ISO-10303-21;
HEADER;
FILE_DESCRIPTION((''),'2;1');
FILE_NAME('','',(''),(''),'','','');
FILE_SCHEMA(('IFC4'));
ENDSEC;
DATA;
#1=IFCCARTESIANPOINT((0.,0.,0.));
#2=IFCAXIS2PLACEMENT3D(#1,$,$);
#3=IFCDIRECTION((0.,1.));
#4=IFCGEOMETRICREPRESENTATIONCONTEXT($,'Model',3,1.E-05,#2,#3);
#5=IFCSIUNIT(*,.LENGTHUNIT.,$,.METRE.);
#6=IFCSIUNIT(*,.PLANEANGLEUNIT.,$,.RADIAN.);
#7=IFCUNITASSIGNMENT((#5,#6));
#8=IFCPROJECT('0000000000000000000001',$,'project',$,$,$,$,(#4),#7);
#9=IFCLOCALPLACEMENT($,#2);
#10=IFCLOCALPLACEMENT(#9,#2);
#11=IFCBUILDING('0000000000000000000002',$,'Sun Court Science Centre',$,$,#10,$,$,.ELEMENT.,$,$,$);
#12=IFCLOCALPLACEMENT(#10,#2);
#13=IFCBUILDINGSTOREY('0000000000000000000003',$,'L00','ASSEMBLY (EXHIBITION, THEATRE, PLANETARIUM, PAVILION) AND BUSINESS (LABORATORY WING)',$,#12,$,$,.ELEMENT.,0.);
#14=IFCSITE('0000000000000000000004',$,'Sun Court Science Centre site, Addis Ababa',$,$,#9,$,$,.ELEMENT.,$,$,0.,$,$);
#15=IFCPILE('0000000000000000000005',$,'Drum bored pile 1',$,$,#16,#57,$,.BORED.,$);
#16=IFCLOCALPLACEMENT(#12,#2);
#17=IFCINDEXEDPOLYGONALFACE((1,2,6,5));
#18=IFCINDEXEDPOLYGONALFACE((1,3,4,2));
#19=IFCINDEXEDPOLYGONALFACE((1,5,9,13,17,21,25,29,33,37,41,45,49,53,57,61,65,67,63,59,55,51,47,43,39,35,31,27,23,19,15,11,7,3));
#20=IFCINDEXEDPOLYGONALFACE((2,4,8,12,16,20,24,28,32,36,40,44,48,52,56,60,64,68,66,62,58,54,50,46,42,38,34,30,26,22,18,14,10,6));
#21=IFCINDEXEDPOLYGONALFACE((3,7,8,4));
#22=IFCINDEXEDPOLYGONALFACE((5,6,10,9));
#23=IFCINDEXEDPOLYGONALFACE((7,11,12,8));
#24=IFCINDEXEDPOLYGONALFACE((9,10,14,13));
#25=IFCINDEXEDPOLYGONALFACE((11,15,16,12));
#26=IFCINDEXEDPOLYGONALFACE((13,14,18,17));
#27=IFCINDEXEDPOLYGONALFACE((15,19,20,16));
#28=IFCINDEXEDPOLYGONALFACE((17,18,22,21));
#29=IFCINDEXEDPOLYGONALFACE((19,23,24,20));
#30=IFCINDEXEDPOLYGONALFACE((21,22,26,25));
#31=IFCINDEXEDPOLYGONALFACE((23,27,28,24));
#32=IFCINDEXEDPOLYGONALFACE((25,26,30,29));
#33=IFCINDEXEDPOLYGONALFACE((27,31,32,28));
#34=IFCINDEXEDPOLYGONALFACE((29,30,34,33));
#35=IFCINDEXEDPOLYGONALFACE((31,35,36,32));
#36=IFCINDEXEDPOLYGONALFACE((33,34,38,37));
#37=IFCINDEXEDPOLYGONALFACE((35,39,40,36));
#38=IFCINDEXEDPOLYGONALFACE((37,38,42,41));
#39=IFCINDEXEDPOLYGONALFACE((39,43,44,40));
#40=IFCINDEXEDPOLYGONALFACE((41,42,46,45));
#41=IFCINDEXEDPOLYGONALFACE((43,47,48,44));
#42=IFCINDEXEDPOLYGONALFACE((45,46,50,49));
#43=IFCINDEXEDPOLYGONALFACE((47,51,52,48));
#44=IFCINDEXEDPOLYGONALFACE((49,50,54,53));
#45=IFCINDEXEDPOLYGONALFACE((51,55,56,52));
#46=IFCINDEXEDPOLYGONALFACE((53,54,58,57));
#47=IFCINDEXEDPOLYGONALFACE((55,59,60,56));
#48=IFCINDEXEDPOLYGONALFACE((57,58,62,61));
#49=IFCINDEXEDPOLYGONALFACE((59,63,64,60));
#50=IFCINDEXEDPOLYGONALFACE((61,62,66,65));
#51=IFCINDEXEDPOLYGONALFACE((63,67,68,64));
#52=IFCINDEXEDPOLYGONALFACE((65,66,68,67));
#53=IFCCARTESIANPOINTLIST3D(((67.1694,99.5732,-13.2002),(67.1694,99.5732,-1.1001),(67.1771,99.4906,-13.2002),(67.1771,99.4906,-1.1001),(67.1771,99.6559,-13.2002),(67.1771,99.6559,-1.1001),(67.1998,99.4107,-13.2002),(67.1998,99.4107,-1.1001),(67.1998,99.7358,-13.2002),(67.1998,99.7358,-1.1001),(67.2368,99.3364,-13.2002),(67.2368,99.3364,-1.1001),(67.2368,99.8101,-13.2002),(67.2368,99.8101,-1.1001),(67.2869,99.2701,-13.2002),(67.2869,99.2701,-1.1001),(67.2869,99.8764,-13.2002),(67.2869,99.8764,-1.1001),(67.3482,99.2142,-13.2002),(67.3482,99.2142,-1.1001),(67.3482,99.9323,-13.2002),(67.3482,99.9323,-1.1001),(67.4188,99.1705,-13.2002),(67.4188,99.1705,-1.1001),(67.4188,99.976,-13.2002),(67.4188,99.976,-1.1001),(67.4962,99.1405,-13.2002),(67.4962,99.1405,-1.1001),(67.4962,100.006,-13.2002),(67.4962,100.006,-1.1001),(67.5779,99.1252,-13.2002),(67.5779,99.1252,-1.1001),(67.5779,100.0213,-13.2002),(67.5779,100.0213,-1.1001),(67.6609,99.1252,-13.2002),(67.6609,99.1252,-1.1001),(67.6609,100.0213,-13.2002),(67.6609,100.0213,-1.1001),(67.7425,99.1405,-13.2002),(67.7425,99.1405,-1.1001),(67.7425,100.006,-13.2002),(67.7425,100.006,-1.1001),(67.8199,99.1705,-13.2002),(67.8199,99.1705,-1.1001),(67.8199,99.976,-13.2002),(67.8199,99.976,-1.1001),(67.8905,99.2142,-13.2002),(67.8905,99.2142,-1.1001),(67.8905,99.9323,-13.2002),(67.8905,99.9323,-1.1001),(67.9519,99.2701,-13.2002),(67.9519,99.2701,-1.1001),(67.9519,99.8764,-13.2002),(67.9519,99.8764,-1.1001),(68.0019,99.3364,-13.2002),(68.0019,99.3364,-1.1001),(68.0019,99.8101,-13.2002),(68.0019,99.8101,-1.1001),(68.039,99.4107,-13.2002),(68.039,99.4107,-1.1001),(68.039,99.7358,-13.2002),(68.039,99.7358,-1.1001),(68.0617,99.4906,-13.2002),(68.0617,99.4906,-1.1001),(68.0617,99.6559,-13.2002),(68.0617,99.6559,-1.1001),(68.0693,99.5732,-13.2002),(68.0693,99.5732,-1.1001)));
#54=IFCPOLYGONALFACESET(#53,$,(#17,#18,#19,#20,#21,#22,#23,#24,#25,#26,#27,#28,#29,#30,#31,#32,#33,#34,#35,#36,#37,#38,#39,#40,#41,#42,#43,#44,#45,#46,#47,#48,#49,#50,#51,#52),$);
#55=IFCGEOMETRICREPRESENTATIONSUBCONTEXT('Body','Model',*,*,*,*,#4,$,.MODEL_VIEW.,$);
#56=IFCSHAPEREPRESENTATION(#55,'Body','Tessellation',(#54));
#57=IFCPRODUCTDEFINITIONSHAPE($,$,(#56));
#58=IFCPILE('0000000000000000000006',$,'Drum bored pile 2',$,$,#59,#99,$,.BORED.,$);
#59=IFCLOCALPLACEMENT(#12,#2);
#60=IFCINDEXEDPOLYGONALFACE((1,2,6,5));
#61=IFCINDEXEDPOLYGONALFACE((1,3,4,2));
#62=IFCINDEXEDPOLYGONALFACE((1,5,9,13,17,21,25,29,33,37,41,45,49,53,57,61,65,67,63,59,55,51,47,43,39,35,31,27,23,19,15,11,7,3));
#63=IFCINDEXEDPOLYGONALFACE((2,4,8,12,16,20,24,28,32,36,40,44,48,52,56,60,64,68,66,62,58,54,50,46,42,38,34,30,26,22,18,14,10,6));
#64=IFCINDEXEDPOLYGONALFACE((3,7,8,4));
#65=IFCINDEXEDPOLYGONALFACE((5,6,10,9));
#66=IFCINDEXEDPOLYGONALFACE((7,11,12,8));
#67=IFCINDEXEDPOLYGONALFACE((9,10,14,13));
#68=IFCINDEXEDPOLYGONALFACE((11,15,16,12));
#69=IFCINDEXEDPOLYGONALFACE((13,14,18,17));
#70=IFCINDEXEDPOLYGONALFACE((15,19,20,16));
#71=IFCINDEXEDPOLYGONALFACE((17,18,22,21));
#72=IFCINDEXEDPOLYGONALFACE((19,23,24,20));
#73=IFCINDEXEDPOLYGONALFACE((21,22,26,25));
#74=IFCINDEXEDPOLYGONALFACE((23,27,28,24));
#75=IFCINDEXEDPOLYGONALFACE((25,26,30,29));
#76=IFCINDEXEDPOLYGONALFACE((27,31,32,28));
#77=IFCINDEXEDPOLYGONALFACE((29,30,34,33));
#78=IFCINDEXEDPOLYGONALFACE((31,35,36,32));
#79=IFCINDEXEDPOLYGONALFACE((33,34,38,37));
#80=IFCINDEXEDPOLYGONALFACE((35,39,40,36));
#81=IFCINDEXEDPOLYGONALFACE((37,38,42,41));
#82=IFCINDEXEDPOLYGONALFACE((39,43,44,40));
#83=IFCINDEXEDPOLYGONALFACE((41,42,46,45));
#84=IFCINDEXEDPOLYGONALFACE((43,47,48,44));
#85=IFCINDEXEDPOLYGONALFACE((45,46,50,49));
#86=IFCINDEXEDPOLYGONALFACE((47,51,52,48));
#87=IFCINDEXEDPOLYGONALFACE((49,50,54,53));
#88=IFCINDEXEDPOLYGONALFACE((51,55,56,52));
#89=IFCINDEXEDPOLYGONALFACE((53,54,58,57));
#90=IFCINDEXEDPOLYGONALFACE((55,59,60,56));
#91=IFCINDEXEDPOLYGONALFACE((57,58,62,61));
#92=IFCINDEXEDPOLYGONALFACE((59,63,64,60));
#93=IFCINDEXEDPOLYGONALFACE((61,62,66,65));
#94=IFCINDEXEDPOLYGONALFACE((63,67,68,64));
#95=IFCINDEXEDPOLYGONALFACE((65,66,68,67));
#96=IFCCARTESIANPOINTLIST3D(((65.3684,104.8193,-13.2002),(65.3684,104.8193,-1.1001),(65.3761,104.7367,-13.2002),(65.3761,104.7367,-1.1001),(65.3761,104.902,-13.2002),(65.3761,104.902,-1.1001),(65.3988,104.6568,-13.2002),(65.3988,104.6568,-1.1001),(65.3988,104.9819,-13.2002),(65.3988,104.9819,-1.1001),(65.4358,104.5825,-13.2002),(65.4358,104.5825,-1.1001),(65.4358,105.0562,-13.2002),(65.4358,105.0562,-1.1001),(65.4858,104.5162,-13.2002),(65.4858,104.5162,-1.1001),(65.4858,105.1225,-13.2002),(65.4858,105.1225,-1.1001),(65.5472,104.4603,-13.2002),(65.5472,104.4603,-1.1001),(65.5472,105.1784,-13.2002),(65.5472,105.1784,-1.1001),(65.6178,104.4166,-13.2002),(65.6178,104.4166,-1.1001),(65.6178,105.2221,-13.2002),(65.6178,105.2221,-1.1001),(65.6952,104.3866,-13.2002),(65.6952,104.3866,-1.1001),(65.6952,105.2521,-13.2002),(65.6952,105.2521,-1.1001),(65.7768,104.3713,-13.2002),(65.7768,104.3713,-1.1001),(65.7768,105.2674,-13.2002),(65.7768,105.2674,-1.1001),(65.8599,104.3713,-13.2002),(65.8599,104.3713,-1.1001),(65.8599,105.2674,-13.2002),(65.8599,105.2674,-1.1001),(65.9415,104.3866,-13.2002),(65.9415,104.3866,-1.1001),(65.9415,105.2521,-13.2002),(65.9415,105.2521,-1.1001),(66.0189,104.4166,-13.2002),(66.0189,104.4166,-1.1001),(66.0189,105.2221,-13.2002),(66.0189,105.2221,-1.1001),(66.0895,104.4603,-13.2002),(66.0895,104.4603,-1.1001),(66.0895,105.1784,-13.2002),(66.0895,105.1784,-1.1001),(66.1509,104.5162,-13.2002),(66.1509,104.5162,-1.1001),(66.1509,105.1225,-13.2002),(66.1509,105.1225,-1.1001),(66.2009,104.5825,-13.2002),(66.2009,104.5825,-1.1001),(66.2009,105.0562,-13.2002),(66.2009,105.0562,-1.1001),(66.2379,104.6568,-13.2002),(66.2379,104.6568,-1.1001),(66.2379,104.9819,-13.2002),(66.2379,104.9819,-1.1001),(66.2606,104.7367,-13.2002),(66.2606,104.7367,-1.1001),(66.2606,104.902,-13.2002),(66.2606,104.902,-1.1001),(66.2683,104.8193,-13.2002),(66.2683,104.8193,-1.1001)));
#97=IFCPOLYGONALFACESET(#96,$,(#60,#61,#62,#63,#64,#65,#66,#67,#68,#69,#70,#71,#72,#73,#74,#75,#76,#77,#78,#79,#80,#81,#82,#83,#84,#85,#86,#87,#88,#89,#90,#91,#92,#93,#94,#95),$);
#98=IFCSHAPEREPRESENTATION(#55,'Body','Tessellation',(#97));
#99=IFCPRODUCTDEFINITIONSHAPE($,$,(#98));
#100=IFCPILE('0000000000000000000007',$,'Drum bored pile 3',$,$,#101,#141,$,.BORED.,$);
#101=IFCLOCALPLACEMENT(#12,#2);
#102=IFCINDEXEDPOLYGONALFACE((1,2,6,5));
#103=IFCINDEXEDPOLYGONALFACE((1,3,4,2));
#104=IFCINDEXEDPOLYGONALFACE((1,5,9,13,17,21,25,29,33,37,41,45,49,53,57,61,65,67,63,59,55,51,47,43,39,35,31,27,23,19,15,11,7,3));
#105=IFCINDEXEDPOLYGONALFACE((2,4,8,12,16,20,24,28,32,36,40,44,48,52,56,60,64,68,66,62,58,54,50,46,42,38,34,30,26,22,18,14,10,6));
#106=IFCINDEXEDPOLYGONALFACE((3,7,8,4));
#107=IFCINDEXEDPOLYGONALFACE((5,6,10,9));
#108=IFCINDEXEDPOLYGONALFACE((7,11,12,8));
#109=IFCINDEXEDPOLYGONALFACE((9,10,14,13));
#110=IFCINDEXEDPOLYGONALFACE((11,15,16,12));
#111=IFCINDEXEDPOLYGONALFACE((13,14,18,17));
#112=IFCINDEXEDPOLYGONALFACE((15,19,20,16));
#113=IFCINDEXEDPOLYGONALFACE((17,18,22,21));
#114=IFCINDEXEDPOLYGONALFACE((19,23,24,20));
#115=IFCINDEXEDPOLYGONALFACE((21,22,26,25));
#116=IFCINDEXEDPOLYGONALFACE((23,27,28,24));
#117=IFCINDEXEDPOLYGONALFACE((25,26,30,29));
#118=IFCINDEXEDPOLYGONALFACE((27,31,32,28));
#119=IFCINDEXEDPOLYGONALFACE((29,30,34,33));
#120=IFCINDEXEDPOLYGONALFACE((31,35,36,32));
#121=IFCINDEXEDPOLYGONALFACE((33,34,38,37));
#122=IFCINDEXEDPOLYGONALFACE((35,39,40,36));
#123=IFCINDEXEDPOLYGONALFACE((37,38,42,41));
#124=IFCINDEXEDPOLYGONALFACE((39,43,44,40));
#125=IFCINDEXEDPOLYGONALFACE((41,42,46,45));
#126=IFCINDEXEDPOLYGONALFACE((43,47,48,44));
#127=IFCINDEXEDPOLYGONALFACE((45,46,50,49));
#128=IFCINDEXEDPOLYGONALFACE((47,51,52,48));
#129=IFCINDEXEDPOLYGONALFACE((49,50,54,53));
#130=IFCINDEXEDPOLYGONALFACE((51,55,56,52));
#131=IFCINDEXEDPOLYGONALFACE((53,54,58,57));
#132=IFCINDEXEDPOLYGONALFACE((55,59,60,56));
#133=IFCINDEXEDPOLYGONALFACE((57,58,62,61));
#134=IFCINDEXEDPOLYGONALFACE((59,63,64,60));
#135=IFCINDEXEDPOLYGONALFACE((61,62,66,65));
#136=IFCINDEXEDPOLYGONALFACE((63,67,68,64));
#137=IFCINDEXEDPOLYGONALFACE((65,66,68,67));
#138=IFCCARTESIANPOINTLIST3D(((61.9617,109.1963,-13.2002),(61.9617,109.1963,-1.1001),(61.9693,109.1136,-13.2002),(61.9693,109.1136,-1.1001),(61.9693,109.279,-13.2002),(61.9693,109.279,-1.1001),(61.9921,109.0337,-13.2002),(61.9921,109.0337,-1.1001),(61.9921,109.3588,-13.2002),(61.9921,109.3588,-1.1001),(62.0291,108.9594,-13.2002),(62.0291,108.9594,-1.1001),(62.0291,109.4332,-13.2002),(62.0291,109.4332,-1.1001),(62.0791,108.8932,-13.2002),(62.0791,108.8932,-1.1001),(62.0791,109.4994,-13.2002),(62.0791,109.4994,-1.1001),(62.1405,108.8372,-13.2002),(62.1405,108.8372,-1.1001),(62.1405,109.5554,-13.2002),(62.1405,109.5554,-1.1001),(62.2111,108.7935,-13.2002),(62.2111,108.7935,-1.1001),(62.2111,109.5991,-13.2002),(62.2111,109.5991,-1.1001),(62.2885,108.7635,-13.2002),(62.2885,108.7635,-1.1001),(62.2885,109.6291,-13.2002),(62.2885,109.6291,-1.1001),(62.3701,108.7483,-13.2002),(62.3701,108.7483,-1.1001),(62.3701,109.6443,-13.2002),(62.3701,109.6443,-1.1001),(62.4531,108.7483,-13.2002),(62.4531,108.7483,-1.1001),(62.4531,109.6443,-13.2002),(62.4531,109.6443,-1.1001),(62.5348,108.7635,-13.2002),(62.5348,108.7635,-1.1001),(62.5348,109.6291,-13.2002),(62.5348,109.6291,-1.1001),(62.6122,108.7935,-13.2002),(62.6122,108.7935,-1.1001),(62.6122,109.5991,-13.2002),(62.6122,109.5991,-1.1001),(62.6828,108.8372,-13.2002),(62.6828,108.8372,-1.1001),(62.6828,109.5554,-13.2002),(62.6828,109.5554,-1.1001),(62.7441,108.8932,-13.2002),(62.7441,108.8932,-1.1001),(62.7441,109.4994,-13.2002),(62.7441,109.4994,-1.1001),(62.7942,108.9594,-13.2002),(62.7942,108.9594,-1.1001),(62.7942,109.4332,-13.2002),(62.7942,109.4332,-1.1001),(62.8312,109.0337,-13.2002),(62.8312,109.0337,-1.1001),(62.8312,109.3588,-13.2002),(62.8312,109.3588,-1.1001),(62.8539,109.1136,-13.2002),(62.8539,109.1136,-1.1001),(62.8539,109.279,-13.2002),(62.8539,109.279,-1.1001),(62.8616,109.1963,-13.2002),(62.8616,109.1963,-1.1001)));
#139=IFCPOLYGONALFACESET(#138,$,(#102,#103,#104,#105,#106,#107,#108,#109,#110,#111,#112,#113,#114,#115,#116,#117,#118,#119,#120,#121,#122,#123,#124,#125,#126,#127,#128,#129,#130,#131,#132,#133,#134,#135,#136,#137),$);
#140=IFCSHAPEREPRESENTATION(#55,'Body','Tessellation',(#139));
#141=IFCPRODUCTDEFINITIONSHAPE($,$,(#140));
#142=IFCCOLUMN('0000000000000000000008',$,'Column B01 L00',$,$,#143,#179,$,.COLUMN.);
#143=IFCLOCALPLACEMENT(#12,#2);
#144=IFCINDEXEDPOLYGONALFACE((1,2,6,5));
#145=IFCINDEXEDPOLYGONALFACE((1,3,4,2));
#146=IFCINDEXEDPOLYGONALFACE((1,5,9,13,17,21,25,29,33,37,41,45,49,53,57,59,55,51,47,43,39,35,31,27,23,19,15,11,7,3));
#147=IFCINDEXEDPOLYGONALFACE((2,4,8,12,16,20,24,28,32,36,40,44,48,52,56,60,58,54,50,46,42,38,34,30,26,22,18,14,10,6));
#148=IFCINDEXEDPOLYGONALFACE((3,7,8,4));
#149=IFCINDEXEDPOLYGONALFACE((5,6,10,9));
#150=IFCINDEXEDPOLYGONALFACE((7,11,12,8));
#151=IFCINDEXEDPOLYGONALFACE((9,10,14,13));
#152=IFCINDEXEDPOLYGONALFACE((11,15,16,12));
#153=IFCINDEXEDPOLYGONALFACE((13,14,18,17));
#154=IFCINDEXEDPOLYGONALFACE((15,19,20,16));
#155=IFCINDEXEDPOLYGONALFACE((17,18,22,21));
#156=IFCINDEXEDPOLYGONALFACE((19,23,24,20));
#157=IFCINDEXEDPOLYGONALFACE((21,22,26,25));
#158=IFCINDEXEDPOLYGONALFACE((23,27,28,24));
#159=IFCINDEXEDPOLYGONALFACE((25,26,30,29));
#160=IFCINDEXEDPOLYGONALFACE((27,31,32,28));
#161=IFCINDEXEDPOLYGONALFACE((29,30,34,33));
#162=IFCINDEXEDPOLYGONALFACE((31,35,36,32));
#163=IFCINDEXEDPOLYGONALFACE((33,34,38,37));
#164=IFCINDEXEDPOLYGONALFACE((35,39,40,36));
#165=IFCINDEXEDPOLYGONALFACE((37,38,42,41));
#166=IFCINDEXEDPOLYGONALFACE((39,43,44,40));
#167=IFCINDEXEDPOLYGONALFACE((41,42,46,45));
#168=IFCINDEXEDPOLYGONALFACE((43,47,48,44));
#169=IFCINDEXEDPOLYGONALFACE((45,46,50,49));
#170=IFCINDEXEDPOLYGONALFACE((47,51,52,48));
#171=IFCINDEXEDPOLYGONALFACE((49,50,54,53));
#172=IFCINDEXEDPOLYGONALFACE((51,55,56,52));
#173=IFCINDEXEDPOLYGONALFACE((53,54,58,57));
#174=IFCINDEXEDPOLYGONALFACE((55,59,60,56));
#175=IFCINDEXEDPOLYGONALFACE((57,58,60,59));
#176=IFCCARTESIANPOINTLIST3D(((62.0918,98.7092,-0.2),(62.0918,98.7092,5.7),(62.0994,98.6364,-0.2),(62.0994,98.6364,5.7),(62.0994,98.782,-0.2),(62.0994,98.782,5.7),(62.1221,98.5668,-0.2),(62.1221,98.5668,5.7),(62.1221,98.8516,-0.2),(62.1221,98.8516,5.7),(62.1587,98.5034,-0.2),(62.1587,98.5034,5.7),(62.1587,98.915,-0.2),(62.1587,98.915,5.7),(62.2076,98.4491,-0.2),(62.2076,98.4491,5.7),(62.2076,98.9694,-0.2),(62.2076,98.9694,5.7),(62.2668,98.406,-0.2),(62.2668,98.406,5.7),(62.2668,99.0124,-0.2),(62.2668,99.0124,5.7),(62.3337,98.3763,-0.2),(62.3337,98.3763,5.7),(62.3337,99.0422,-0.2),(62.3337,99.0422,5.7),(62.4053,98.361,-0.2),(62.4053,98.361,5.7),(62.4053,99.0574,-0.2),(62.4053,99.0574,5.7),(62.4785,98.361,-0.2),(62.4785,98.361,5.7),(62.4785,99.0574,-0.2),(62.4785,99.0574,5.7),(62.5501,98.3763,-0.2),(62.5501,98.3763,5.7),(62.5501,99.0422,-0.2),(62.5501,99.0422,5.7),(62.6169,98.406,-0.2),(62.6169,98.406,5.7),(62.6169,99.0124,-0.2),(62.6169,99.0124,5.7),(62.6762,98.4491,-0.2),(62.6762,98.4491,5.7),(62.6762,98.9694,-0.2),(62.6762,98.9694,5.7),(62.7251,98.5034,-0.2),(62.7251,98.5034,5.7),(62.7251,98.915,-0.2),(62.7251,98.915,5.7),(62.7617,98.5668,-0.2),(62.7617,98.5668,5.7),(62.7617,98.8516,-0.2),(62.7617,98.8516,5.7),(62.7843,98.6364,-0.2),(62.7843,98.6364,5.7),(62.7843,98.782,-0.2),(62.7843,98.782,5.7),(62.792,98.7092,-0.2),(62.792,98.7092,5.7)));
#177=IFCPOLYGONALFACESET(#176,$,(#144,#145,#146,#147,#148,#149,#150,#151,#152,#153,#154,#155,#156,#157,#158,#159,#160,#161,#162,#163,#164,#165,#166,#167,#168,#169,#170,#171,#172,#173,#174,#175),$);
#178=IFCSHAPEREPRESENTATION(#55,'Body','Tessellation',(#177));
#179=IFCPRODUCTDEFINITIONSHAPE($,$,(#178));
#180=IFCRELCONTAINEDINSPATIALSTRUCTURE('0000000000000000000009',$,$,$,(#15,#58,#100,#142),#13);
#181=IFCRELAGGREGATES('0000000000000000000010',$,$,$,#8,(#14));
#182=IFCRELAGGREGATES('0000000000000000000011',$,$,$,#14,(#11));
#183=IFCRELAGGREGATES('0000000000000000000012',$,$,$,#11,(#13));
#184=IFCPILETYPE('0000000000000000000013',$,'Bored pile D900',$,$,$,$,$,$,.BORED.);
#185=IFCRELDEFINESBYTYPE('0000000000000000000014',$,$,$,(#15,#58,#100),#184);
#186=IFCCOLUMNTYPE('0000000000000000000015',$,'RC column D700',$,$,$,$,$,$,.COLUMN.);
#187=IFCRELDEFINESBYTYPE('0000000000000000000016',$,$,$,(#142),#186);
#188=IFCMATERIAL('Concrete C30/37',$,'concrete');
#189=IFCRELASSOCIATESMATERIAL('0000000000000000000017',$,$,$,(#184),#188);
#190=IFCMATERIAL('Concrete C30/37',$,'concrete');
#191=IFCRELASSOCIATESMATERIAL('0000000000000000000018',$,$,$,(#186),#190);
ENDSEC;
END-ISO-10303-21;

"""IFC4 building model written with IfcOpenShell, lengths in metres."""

from ifc_helpers import new_model, si_unit, direction, frame, origin, origin_2d, place, context, subcontext, project, spatial, circle, extrude, material, material_profile, profile_set, type_object, element, save


model = new_model("IFC4")

# Units and contexts
model_context = context("Model", 3, precision=1e-05, world=origin(), true_north=direction((0.0, 1.0)))
body_context = subcontext(model_context, "Body", "Model", "MODEL_VIEW")
ifc_project = project(units=[si_unit("LENGTHUNIT", "METRE"), si_unit("PLANEANGLEUNIT", "RADIAN")], contexts=[model_context])

# Site, building, storey
site_placement = place(None, origin())
site = spatial("IfcSite", under=ifc_project, at=site_placement, Name="Sun Court Science Centre site, Addis Ababa", CompositionType="ELEMENT", RefElevation=0.0)
building_placement = place(site_placement, origin())
building = spatial("IfcBuilding", under=site, at=building_placement, Name="Sun Court Science Centre", CompositionType="ELEMENT")
storey_placement = place(building_placement, origin())
storey = spatial("IfcBuildingStorey", under=building, at=storey_placement, Name="L00", Description="ASSEMBLY (EXHIBITION, THEATRE, PLANETARIUM, PAVILION) AND BUSINESS (LABORATORY WING)", CompositionType="ELEMENT", Elevation=0.0)

# Piles
ifc_material_1 = material(Name="Concrete C30/37", Category="concrete")
ifc_material_profile_1 = material_profile(ifc_material_1, circle(Radius=0.45, at=origin_2d()), Name="RC D900")
ifc_profile_set_1 = profile_set([ifc_material_profile_1], Name="Concrete C30/37")
pile_type = type_object("IfcPileType", Name="Bored pile D900", PredefinedType="BORED", material=ifc_profile_set_1)
for number, where, z_axis, x_axis, name in (
    (1, (67.6194, 99.5732, -1.1001), (0.0, 0.0, -1.0), (1.0, 0.0, 0.0), "Drum bored pile 1"),
    (2, (65.8184, 104.8193, -1.1001), (0.0, 0.0, -1.0), (1.0, 0.0, 0.0), "Drum bored pile 2"),
    (3, (62.4116, 109.1963, -1.1001), (0.0, 0.0, -1.0), (1.0, 0.0, 0.0), "Drum bored pile 3"),
):
    element("IfcPile", number, at=place(storey_placement, frame(where, z_axis=z_axis, x_axis=x_axis)), inside=storey, type_object=pile_type, Name=name, PredefinedType="BORED", context=body_context, shape_type="SweptSolid", body=[
        extrude(circle(Radius=0.45, at=origin_2d()), origin(), (0.0, 0.0, 1.0), 12.1001),
    ])

# Column
ifc_material_2 = material(Name="Concrete C30/37", Category="concrete")
ifc_material_profile_2 = material_profile(ifc_material_2, circle(Radius=0.3501, at=origin_2d()), Name="RC D700")
ifc_profile_set_2 = profile_set([ifc_material_profile_2], Name="Concrete C30/37")
column_type = type_object("IfcColumnType", Name="RC column D700", PredefinedType="COLUMN", material=ifc_profile_set_2)
for number, where, z_axis, x_axis, name in (
    (4, (62.4419, 98.7092, -0.2), (0.0, 0.0, 1.0), (1.0, 0.0, 0.0), "Column B01 L00"),
):
    element("IfcColumn", number, at=place(storey_placement, frame(where, z_axis=z_axis, x_axis=x_axis)), inside=storey, type_object=column_type, Name=name, PredefinedType="COLUMN", context=body_context, shape_type="SweptSolid", body=[
        extrude(circle(Radius=0.3501, at=origin_2d()), origin(), (0.0, 0.0, 1.0), 5.8999),
    ])

save(model, "model.ifc")
